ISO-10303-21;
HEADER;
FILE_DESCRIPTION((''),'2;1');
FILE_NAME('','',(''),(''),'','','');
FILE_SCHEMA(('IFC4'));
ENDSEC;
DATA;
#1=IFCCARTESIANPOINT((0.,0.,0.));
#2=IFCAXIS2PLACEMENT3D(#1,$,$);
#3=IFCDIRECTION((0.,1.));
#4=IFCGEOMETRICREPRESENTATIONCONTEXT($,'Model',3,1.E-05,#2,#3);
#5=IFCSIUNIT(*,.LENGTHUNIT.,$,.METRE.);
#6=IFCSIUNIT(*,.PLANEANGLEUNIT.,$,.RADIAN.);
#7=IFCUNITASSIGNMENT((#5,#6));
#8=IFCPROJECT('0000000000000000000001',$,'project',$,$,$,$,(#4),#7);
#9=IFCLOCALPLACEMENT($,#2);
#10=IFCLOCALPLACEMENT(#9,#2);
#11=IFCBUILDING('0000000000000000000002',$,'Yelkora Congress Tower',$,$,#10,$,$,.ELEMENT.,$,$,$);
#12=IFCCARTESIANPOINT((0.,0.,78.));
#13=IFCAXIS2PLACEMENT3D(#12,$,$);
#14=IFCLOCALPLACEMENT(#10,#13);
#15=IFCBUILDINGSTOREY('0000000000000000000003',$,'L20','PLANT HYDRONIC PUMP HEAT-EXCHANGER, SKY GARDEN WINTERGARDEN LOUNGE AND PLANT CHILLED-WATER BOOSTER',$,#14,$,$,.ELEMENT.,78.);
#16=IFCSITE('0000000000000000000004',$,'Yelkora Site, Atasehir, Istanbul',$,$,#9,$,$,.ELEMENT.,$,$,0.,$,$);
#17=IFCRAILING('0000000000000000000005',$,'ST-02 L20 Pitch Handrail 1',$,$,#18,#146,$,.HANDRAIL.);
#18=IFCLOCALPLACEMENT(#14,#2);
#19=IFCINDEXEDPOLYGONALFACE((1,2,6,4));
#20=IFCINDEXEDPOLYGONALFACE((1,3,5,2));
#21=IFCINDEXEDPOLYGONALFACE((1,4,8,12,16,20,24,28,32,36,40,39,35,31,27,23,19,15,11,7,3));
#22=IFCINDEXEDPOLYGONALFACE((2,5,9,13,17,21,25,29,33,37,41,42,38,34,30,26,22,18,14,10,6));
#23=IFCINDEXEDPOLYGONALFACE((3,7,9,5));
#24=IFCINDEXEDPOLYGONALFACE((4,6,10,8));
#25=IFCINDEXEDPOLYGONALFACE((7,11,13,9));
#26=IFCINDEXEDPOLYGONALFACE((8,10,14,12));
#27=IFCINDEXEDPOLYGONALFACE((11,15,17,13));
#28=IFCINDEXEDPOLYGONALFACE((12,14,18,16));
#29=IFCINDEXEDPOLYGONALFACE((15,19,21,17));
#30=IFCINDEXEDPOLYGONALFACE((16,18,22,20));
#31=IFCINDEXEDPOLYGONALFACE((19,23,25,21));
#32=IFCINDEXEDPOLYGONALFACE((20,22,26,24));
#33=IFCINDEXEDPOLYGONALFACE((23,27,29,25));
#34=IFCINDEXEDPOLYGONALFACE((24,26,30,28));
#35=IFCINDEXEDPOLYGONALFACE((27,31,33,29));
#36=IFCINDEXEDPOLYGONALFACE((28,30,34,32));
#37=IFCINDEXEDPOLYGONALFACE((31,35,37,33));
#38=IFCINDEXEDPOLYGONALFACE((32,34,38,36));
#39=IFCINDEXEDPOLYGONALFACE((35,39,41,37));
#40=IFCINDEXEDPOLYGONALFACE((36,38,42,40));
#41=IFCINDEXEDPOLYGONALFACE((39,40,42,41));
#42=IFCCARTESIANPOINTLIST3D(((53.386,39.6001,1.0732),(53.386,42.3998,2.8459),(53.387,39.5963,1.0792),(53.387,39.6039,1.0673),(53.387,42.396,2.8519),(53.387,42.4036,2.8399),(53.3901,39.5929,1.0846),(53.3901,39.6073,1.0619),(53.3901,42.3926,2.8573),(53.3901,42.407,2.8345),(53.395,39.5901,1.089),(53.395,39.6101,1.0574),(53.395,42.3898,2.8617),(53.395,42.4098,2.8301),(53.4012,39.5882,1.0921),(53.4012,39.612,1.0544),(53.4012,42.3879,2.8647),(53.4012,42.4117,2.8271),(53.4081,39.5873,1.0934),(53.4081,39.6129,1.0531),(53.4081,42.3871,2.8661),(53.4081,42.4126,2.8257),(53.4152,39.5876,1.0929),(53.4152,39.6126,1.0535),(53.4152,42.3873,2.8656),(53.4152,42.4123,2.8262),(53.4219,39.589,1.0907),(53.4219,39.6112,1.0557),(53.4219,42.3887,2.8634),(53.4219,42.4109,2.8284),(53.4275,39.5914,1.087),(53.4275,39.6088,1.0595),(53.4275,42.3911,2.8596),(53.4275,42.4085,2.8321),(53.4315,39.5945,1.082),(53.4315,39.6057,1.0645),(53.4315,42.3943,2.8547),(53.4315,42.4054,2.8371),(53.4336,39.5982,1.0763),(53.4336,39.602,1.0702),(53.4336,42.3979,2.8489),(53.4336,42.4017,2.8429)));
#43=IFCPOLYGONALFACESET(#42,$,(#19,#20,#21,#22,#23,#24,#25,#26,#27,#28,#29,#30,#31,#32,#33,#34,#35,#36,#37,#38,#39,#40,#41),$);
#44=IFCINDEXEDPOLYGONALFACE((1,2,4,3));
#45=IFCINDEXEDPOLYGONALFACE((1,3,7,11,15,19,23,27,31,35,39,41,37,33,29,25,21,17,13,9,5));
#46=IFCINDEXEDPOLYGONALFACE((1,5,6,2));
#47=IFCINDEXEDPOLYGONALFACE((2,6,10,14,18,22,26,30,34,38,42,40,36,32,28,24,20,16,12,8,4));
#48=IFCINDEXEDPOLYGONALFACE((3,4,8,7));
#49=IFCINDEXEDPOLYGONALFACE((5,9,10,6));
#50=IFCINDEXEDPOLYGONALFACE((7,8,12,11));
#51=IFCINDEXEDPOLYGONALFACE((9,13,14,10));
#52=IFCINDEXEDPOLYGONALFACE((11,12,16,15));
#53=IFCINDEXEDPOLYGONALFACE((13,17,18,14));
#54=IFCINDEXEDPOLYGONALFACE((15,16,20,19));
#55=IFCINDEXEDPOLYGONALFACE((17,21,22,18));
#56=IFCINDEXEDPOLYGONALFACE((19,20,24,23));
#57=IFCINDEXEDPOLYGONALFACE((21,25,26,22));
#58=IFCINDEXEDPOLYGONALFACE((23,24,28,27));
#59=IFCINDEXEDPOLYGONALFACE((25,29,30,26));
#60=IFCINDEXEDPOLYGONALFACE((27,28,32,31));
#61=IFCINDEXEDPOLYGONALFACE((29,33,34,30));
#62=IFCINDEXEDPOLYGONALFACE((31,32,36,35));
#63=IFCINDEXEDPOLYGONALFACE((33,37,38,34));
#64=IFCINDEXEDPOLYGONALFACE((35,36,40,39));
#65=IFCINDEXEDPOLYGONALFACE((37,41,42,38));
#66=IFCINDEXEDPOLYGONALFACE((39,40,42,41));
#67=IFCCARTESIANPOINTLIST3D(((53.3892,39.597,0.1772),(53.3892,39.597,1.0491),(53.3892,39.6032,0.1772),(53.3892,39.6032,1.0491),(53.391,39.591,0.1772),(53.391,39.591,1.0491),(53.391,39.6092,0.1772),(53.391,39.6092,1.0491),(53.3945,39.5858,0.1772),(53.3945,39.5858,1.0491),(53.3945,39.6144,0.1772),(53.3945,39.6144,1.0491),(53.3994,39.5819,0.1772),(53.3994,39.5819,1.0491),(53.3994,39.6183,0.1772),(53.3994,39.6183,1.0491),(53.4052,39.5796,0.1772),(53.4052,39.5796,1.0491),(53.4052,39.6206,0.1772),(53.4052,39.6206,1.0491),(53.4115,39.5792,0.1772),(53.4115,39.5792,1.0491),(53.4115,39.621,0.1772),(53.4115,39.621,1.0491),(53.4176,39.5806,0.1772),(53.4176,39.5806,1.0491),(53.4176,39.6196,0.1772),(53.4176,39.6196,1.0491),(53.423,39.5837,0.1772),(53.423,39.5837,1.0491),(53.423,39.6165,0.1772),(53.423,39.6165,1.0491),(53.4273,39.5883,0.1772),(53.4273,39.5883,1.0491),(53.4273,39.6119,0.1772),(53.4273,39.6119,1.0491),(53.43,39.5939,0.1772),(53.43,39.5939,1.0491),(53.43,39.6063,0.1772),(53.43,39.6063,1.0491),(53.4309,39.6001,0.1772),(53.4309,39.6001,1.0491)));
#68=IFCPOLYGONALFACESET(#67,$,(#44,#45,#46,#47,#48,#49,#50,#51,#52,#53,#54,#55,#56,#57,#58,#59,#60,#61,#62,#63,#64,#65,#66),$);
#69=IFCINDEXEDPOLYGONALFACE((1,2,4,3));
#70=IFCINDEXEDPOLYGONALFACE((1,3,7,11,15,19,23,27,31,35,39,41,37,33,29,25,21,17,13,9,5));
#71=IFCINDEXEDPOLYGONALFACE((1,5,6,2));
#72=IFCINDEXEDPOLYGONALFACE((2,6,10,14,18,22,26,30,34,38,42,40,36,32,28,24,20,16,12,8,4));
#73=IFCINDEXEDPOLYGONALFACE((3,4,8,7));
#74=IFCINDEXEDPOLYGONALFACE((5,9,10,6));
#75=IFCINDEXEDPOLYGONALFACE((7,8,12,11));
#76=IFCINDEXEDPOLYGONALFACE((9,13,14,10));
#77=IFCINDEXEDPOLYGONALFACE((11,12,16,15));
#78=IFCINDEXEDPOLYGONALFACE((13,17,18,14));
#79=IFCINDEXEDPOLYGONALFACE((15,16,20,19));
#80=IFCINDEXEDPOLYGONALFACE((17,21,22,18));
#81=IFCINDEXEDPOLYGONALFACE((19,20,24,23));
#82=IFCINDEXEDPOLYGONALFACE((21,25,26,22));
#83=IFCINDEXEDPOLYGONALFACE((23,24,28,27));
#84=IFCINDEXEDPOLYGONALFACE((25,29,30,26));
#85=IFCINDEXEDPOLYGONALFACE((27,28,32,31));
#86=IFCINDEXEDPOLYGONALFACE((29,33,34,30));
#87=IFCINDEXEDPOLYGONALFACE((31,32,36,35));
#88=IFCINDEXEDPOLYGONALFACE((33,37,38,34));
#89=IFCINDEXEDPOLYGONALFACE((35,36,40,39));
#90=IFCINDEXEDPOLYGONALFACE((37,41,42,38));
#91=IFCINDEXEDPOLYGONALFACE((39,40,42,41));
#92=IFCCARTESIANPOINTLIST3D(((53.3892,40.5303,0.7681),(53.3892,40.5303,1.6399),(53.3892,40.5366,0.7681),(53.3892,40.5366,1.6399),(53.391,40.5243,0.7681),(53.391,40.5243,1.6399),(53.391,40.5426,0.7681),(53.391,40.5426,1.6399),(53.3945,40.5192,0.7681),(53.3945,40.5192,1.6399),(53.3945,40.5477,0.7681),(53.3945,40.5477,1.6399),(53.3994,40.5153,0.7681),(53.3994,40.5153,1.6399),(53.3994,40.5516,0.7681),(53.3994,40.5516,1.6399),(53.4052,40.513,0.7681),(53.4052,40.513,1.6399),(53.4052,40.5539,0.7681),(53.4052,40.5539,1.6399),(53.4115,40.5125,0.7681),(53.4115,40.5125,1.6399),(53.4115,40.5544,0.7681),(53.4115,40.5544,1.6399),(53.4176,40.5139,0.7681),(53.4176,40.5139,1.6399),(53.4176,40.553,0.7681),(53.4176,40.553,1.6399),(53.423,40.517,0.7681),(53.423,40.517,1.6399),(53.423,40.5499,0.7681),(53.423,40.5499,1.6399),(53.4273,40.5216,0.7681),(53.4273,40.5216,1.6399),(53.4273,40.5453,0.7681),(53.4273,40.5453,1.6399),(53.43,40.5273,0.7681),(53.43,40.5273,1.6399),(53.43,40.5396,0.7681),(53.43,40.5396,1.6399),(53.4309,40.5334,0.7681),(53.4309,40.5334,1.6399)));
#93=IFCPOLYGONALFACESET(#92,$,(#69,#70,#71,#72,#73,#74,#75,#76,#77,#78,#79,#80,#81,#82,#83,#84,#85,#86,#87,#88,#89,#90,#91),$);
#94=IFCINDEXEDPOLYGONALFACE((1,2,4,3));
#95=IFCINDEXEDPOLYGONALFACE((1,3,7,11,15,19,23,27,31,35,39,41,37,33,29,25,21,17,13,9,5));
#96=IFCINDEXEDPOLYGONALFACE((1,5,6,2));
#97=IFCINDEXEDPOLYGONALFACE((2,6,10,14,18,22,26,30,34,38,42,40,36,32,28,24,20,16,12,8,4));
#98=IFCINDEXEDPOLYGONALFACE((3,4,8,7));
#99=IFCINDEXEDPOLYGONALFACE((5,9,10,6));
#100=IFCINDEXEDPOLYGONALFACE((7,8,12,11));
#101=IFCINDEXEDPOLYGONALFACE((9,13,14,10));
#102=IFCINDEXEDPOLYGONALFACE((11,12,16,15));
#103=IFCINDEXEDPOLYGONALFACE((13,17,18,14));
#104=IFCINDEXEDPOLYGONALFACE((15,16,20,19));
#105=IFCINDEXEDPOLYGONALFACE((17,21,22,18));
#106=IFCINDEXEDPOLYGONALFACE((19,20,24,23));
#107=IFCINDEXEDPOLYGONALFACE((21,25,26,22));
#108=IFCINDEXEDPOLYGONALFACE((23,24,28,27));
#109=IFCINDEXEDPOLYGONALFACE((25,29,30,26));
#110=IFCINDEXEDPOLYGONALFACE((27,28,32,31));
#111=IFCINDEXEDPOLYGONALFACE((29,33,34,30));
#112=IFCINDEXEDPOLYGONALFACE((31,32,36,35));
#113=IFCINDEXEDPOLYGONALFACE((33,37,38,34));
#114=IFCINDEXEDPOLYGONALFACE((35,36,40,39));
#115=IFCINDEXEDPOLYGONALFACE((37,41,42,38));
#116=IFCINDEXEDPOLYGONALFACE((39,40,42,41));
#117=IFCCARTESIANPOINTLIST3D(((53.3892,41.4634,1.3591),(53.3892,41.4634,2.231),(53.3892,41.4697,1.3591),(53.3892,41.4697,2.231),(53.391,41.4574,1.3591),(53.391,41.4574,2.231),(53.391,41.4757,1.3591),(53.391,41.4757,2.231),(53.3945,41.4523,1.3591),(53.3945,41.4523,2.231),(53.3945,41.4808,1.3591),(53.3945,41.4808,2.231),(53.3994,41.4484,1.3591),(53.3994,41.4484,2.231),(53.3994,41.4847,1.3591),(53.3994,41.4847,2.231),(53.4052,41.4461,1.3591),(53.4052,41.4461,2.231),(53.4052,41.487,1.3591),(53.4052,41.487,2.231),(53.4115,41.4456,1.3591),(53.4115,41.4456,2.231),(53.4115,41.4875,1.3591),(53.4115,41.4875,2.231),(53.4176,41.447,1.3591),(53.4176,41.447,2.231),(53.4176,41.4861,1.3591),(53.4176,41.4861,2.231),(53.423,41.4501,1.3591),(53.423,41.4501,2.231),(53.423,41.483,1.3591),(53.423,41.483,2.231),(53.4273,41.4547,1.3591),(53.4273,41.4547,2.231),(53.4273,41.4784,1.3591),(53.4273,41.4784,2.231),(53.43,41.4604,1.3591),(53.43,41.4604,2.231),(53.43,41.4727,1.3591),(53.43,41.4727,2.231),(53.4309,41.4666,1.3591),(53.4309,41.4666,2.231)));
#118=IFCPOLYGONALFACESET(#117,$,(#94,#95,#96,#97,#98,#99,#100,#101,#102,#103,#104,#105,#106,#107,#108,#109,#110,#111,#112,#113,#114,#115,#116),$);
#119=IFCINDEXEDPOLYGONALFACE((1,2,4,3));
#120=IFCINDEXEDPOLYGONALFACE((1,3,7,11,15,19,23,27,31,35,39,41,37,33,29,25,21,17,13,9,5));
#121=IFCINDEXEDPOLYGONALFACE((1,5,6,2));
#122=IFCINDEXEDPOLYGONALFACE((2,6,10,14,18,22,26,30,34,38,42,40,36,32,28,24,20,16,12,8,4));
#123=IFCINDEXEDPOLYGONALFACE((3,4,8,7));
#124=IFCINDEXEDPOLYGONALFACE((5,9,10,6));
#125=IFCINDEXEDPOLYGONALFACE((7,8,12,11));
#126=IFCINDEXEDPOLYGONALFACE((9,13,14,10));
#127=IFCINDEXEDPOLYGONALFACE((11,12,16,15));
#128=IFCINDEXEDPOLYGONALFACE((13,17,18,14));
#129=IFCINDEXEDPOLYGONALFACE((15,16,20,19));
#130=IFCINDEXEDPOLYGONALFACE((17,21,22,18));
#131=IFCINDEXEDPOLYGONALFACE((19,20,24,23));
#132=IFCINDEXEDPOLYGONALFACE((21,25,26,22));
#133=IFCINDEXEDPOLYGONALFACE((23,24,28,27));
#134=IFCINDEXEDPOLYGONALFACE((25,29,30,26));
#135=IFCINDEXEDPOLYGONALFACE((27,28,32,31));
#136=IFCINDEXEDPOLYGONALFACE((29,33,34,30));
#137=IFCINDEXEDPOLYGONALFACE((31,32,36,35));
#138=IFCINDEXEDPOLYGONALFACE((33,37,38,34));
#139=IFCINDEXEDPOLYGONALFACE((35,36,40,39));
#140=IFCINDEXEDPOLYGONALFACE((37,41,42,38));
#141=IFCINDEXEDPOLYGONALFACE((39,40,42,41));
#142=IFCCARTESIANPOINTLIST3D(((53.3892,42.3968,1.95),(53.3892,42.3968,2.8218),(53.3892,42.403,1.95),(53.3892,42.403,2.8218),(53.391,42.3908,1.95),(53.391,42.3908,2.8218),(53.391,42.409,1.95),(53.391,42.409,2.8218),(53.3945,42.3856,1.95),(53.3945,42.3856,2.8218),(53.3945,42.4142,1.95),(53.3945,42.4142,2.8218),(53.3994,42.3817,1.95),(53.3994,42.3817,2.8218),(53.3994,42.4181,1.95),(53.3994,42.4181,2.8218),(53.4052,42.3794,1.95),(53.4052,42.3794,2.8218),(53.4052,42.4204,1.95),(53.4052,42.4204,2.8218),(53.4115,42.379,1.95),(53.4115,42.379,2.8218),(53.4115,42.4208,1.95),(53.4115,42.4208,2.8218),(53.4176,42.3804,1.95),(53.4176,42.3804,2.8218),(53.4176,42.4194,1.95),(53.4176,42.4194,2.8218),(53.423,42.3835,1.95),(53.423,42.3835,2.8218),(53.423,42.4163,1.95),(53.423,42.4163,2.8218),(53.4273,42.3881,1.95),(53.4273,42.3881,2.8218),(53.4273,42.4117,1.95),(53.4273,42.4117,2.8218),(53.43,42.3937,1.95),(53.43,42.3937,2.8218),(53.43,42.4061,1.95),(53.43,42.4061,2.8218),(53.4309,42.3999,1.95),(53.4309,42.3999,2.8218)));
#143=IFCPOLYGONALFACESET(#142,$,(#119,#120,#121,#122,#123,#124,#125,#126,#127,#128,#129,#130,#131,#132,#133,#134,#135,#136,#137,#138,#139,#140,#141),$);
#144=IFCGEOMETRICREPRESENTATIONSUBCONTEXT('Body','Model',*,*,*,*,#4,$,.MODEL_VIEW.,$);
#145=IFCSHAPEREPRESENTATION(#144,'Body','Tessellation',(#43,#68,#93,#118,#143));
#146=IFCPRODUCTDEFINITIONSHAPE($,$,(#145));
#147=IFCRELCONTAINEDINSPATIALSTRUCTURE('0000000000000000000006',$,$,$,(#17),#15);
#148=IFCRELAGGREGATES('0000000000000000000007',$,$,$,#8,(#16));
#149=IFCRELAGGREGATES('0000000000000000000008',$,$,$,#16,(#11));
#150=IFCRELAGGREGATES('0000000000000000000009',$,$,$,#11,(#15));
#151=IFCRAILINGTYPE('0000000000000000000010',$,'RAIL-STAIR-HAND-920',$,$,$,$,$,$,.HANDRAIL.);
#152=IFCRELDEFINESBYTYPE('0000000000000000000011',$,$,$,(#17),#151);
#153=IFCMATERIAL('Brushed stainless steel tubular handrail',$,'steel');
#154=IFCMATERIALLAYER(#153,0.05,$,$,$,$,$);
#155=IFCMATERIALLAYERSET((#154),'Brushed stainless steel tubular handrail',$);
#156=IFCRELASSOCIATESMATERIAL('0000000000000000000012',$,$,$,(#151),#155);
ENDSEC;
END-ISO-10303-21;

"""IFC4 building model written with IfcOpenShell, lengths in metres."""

from ifc_helpers import new_model, si_unit, direction, frame, origin, origin_2d, place, context, subcontext, project, spatial, circle, extrude, material, layer, layer_set, type_object, element, save


model = new_model("IFC4")

# Units and contexts
model_context = context("Model", 3, precision=1e-05, world=origin(), true_north=direction((0.0, 1.0)))
body_context = subcontext(model_context, "Body", "Model", "MODEL_VIEW")
ifc_project = project(units=[si_unit("LENGTHUNIT", "METRE"), si_unit("PLANEANGLEUNIT", "RADIAN")], contexts=[model_context])

# Site, building, storey
site_placement = place(None, origin())
site = spatial("IfcSite", under=ifc_project, at=site_placement, Name="Yelkora Site, Atasehir, Istanbul", CompositionType="ELEMENT", RefElevation=0.0)
building_placement = place(site_placement, origin())
building = spatial("IfcBuilding", under=site, at=building_placement, Name="Yelkora Congress Tower", CompositionType="ELEMENT")
storey_placement = place(building_placement, frame((0.0, 0.0, 78.0)))
storey = spatial("IfcBuildingStorey", under=building, at=storey_placement, Name="L20", Description="PLANT HYDRONIC PUMP HEAT-EXCHANGER, SKY GARDEN WINTERGARDEN LOUNGE AND PLANT CHILLED-WATER BOOSTER", CompositionType="ELEMENT", Elevation=78.0)

# Railing
ifc_material_1 = material(Name="Brushed stainless steel tubular handrail", Category="steel")
ifc_layer_1 = layer(ifc_material_1, 0.05)
ifc_layer_set_1 = layer_set([ifc_layer_1], Name="Brushed stainless steel tubular handrail")
railing_type_1 = type_object("IfcRailingType", Name="RAIL-STAIR-HAND-920", PredefinedType="HANDRAIL", material=ifc_layer_set_1)
railing_1_placement = place(storey_placement, frame((53.4099, 39.6001, 0.1772)))
element("IfcRailing", 1, at=railing_1_placement, inside=storey, type_object=railing_type_1, Name="ST-02 L20 Pitch Handrail 1", PredefinedType="HANDRAIL", context=body_context, shape_type="SweptSolid", body=[
    extrude(circle(Radius=0.0239, at=origin_2d()), frame((0.0, 0.0, 0.896), z_axis=(0.0, 0.844888, 0.534943), x_axis=(-1.0, 0.0, 0.0)), (0.0, 0.0, 1.0), 3.3137),
    extrude(circle(Radius=0.021, at=origin_2d()), origin(), (0.0, 0.0, 1.0), 0.8718),
    extrude(circle(Radius=0.021, at=origin_2d()), frame((0.0, 0.9333, 0.5908)), (0.0, 0.0, 1.0), 0.8718),
    extrude(circle(Radius=0.021, at=origin_2d()), frame((0.0, 1.8665, 1.1819)), (0.0, 0.0, 1.0), 0.8718),
    extrude(circle(Radius=0.021, at=origin_2d()), frame((0.0, 2.7998, 1.7727)), (0.0, 0.0, 1.0), 0.8718),
])

save(model, "model.ifc")
